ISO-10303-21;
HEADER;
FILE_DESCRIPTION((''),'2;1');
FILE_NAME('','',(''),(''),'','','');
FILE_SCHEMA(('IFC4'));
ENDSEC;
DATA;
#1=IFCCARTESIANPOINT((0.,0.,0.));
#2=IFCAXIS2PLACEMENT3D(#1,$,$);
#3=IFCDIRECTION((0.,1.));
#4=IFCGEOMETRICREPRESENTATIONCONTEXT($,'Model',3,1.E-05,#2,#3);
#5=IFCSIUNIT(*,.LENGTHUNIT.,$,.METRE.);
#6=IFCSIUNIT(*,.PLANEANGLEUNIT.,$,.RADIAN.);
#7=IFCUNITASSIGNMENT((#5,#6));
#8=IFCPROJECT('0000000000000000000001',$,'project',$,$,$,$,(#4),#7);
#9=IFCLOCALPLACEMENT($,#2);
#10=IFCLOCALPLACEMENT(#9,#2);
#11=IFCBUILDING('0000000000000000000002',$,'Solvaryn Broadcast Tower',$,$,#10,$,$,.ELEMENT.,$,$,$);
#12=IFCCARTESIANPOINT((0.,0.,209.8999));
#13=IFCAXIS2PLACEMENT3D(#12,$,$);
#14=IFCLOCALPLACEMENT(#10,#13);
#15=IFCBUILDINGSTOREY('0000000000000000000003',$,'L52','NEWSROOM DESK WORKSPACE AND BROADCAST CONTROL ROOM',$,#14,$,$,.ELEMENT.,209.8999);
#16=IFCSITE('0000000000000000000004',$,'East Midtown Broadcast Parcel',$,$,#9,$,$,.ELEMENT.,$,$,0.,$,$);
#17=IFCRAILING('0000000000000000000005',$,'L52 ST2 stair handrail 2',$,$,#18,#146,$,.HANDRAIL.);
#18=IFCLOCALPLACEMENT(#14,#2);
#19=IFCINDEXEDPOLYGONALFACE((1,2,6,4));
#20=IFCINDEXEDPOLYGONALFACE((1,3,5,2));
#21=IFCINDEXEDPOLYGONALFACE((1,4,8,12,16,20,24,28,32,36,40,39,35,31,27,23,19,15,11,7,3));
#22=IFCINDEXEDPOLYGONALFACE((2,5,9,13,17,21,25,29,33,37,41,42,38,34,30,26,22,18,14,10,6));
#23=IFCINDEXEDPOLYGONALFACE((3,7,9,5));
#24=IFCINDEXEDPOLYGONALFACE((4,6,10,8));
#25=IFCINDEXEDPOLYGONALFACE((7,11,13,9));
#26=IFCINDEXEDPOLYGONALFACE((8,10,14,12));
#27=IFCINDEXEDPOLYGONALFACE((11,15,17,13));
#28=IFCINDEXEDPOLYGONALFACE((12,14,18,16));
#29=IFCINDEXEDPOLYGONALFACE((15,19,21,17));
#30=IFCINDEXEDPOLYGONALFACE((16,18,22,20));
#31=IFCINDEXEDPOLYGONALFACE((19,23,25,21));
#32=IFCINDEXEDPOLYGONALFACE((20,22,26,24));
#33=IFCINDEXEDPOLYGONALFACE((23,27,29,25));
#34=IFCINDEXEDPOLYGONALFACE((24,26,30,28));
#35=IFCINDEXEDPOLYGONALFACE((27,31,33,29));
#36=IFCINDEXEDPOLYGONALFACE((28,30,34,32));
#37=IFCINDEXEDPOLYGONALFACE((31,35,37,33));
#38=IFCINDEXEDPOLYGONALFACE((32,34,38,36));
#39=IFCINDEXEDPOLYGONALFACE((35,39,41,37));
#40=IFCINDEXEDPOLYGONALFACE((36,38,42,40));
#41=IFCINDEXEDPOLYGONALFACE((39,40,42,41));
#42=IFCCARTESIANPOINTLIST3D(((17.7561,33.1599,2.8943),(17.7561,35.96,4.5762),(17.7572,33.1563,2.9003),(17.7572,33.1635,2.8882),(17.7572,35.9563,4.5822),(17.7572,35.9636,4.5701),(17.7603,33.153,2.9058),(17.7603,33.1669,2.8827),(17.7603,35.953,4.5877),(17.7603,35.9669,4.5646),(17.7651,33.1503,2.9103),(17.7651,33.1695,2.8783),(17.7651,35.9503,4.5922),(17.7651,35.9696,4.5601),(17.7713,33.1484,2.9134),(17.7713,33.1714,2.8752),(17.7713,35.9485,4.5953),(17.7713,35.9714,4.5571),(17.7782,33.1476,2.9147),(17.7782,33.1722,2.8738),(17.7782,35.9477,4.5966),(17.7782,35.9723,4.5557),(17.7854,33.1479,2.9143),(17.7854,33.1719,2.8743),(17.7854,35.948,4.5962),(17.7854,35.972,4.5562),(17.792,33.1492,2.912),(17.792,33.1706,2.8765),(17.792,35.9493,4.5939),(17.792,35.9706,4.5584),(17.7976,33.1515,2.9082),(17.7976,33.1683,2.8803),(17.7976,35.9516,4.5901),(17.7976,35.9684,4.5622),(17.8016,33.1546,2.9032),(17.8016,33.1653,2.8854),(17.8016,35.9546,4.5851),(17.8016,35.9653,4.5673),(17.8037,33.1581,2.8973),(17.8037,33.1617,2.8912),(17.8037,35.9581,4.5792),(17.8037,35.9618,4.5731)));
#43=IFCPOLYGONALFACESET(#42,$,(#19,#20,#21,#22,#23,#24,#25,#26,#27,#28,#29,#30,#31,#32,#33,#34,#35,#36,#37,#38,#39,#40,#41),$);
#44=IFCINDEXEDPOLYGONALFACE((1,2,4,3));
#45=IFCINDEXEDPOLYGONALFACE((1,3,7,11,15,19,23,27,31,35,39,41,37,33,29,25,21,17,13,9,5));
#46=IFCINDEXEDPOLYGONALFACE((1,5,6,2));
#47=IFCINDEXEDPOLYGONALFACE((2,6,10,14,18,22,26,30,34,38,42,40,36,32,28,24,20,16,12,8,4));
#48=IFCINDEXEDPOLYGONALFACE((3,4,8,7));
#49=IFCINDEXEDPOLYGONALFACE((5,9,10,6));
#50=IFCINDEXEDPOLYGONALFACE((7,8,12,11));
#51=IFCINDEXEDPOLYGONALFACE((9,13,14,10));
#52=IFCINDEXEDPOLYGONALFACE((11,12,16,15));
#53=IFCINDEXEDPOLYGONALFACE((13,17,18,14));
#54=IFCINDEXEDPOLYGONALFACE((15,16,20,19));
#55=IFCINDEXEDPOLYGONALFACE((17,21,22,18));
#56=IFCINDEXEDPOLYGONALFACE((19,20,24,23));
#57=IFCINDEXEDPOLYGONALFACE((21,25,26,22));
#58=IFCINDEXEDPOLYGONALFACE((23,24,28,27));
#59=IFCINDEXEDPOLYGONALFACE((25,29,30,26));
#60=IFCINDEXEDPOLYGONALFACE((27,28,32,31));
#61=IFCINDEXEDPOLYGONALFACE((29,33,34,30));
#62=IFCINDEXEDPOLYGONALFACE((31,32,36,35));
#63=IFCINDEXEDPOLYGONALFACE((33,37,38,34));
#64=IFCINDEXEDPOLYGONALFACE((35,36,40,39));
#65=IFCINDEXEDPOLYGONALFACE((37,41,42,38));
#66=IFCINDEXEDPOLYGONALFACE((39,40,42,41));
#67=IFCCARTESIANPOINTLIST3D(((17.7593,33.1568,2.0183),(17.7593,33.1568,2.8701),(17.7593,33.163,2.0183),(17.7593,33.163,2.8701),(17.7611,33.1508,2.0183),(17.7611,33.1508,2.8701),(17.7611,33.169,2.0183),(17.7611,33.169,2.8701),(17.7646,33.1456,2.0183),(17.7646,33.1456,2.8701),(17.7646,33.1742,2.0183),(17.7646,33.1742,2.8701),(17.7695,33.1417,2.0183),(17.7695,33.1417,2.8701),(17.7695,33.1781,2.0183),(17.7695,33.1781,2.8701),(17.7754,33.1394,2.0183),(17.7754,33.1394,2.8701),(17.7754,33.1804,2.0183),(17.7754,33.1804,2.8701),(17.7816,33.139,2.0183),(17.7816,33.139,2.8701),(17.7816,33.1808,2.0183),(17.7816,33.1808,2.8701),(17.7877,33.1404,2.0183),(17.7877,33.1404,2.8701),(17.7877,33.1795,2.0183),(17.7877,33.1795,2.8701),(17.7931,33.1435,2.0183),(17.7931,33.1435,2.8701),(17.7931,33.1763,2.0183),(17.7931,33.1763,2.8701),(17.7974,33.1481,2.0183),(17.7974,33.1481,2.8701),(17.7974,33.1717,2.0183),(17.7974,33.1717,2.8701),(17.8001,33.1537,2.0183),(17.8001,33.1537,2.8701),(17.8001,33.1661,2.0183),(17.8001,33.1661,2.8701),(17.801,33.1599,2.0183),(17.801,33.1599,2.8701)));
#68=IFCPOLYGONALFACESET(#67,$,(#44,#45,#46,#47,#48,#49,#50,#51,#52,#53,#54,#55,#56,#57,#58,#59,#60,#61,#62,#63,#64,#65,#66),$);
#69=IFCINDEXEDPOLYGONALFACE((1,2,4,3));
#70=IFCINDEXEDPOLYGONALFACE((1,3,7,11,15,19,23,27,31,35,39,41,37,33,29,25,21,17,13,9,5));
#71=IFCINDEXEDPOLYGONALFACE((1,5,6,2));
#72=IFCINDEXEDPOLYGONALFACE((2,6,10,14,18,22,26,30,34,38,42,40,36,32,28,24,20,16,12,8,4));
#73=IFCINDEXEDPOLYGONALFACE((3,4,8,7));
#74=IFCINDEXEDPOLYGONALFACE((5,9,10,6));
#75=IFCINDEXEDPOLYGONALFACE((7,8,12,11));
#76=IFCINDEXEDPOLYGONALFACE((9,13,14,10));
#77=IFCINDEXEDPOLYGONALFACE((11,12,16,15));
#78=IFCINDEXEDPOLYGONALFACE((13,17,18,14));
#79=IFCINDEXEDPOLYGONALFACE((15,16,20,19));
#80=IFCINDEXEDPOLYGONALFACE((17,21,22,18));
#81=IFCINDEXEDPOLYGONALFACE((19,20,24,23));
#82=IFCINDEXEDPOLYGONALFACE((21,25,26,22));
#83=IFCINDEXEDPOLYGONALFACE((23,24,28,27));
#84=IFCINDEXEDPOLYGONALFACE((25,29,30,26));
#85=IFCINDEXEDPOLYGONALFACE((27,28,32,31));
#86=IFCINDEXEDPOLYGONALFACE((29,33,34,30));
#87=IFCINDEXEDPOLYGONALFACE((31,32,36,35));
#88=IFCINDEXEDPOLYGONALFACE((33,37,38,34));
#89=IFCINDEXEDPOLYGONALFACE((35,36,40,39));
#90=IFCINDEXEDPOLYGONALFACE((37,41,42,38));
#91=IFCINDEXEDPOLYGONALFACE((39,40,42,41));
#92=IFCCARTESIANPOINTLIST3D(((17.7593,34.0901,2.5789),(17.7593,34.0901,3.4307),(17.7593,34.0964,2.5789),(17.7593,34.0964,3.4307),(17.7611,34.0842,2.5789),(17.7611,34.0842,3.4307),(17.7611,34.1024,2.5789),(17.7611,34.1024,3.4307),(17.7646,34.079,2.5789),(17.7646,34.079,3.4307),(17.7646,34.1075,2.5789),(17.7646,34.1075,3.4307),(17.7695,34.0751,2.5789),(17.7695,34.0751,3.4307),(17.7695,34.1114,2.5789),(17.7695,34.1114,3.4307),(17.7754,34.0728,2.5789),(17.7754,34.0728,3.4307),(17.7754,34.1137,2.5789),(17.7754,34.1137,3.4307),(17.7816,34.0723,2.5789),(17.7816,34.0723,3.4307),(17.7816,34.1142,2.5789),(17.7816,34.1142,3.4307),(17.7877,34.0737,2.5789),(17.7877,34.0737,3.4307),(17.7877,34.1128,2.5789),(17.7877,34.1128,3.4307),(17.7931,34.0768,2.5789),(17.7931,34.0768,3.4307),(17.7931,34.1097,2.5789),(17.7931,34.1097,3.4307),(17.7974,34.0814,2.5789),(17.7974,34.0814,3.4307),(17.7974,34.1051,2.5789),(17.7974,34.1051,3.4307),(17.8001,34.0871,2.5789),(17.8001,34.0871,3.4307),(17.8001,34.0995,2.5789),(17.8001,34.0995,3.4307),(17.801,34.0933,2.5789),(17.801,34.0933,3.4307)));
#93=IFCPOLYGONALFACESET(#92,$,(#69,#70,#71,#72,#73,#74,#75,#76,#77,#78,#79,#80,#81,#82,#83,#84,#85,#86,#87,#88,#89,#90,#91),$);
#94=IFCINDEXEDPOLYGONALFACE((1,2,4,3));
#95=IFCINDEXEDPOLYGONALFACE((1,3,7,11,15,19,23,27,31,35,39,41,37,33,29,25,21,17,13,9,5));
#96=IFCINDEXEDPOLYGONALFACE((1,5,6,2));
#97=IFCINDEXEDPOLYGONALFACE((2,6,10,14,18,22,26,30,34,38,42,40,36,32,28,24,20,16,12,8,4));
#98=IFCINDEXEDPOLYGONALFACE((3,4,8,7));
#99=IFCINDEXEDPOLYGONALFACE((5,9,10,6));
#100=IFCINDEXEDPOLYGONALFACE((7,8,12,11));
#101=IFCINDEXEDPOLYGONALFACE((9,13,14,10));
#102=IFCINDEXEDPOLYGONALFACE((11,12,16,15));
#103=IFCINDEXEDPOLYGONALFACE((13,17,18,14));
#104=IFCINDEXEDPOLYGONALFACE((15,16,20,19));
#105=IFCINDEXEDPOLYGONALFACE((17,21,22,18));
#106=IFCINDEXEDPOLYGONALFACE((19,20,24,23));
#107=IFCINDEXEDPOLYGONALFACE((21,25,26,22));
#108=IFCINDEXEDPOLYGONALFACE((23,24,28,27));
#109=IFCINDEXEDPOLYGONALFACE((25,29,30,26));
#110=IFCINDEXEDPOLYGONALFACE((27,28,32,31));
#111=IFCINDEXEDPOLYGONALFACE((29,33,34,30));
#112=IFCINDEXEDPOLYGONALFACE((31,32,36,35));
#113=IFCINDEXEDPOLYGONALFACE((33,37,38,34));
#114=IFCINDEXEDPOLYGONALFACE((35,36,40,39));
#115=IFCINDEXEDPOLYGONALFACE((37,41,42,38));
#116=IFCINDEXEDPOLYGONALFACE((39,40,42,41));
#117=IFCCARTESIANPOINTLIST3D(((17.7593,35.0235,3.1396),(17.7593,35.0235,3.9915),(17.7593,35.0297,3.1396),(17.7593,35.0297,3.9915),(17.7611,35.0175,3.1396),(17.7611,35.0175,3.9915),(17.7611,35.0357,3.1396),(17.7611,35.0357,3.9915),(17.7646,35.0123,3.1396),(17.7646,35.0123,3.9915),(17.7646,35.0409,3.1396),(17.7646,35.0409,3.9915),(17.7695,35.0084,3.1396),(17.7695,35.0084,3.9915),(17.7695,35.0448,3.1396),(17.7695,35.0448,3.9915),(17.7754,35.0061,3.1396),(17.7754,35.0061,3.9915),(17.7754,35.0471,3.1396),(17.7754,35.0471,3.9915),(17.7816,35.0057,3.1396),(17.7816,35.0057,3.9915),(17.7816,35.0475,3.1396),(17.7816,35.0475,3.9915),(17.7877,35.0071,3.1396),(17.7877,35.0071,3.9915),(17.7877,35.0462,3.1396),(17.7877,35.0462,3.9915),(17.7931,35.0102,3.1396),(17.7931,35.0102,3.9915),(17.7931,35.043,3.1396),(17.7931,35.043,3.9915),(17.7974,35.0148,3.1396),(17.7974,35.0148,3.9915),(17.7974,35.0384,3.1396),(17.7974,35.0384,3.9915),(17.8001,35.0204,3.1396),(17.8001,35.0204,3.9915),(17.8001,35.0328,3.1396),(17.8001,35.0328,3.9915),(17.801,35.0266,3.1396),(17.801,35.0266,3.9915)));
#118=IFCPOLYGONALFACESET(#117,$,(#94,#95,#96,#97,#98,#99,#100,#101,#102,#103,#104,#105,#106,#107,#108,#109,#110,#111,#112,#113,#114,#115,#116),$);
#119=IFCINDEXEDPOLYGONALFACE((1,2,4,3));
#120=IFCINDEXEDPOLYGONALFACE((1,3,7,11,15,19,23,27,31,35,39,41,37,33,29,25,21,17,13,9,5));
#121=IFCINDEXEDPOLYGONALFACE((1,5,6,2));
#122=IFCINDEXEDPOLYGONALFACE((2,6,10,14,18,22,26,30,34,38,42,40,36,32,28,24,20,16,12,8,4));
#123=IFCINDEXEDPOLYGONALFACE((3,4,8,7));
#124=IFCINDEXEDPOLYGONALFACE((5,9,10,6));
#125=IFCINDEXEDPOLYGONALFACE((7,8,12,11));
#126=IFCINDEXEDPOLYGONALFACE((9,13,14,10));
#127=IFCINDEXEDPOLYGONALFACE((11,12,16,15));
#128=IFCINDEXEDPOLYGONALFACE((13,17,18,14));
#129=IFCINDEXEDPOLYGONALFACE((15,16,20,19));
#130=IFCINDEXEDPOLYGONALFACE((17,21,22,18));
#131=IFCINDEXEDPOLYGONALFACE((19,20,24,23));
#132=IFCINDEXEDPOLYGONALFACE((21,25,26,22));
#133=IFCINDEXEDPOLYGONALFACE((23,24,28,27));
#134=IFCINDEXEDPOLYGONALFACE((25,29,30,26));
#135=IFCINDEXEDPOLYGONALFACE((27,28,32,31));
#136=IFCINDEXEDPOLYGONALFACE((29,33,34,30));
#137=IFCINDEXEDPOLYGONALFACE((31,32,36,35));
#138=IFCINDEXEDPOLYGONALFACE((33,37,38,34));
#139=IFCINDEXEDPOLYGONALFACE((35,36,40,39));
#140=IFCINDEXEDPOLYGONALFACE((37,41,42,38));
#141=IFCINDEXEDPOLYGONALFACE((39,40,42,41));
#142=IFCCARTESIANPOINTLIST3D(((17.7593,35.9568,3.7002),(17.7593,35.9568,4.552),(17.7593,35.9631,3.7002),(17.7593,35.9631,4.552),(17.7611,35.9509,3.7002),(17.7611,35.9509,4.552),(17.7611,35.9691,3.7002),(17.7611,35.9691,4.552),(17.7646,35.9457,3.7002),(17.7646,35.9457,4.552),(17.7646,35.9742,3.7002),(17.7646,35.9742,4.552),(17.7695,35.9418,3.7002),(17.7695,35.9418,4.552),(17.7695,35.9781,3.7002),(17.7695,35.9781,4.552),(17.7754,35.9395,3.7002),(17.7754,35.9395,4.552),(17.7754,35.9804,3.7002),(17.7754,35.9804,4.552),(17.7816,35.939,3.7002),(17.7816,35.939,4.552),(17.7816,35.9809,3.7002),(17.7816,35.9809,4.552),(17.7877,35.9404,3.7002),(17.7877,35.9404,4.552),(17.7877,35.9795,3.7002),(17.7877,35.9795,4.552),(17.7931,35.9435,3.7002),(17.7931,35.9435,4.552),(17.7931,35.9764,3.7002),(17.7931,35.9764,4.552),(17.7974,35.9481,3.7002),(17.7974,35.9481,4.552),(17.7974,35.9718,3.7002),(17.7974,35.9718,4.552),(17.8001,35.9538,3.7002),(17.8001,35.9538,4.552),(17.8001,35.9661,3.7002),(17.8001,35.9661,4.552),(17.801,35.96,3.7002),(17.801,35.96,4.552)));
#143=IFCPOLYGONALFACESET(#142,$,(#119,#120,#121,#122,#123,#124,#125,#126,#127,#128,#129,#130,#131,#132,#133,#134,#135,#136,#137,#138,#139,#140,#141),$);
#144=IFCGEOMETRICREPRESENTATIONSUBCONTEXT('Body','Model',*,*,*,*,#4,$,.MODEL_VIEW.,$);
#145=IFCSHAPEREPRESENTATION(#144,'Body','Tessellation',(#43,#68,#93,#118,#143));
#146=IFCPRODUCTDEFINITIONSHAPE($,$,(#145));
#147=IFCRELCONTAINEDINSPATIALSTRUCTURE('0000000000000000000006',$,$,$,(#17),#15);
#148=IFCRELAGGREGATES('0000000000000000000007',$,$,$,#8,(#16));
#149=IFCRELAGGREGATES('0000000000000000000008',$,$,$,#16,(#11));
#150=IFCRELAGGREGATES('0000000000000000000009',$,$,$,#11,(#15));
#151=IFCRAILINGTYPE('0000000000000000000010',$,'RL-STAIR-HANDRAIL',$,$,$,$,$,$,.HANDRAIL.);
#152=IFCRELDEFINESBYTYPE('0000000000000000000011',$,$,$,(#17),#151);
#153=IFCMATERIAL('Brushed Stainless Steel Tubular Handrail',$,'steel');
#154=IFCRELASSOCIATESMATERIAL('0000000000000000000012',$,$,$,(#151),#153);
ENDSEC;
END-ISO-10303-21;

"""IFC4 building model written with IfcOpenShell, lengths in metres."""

from ifc_helpers import new_model, si_unit, direction, frame, origin, origin_2d, place, context, subcontext, project, spatial, circle, extrude, material, type_object, element, save


model = new_model("IFC4")

# Units and contexts
model_context = context("Model", 3, precision=1e-05, world=origin(), true_north=direction((0.0, 1.0)))
body_context = subcontext(model_context, "Body", "Model", "MODEL_VIEW")
ifc_project = project(units=[si_unit("LENGTHUNIT", "METRE"), si_unit("PLANEANGLEUNIT", "RADIAN")], contexts=[model_context])

# Site, building, storey
site_placement = place(None, origin())
site = spatial("IfcSite", under=ifc_project, at=site_placement, Name="East Midtown Broadcast Parcel", CompositionType="ELEMENT", RefElevation=0.0)
building_placement = place(site_placement, origin())
building = spatial("IfcBuilding", under=site, at=building_placement, Name="Solvaryn Broadcast Tower", CompositionType="ELEMENT")
storey_placement = place(building_placement, frame((0.0, 0.0, 209.8999)))
storey = spatial("IfcBuildingStorey", under=building, at=storey_placement, Name="L52", Description="NEWSROOM DESK WORKSPACE AND BROADCAST CONTROL ROOM", CompositionType="ELEMENT", Elevation=209.8999)

# Railing
ifc_material_1 = material(Name="Brushed Stainless Steel Tubular Handrail", Category="steel")
railing_type_1 = type_object("IfcRailingType", Name="RL-STAIR-HANDRAIL", PredefinedType="HANDRAIL", material=ifc_material_1)
railing_1_placement = place(storey_placement, frame((17.78, 33.1599, 2.0183)))
element("IfcRailing", 1, at=railing_1_placement, inside=storey, type_object=railing_type_1, Name="L52 ST2 stair handrail 2", PredefinedType="HANDRAIL", context=body_context, shape_type="SweptSolid", body=[
    extrude(circle(Radius=0.0239, at=origin_2d()), frame((0.0, 0.0, 0.876), z_axis=(0.0, 0.857242, 0.514913), x_axis=(-1.0, 0.0, 0.0)), (0.0, 0.0, 1.0), 3.2664),
    extrude(circle(Radius=0.021, at=origin_2d()), origin(), (0.0, 0.0, 1.0), 0.8518),
    extrude(circle(Radius=0.021, at=origin_2d()), frame((0.0, 0.9333, 0.5605)), (0.0, 0.0, 1.0), 0.8518),
    extrude(circle(Radius=0.021, at=origin_2d()), frame((0.0, 1.8667, 1.1213)), (0.0, 0.0, 1.0), 0.8518),
    extrude(circle(Radius=0.021, at=origin_2d()), frame((0.0, 2.8, 1.6819)), (0.0, 0.0, 1.0), 0.8518),
])

save(model, "model.ifc")
